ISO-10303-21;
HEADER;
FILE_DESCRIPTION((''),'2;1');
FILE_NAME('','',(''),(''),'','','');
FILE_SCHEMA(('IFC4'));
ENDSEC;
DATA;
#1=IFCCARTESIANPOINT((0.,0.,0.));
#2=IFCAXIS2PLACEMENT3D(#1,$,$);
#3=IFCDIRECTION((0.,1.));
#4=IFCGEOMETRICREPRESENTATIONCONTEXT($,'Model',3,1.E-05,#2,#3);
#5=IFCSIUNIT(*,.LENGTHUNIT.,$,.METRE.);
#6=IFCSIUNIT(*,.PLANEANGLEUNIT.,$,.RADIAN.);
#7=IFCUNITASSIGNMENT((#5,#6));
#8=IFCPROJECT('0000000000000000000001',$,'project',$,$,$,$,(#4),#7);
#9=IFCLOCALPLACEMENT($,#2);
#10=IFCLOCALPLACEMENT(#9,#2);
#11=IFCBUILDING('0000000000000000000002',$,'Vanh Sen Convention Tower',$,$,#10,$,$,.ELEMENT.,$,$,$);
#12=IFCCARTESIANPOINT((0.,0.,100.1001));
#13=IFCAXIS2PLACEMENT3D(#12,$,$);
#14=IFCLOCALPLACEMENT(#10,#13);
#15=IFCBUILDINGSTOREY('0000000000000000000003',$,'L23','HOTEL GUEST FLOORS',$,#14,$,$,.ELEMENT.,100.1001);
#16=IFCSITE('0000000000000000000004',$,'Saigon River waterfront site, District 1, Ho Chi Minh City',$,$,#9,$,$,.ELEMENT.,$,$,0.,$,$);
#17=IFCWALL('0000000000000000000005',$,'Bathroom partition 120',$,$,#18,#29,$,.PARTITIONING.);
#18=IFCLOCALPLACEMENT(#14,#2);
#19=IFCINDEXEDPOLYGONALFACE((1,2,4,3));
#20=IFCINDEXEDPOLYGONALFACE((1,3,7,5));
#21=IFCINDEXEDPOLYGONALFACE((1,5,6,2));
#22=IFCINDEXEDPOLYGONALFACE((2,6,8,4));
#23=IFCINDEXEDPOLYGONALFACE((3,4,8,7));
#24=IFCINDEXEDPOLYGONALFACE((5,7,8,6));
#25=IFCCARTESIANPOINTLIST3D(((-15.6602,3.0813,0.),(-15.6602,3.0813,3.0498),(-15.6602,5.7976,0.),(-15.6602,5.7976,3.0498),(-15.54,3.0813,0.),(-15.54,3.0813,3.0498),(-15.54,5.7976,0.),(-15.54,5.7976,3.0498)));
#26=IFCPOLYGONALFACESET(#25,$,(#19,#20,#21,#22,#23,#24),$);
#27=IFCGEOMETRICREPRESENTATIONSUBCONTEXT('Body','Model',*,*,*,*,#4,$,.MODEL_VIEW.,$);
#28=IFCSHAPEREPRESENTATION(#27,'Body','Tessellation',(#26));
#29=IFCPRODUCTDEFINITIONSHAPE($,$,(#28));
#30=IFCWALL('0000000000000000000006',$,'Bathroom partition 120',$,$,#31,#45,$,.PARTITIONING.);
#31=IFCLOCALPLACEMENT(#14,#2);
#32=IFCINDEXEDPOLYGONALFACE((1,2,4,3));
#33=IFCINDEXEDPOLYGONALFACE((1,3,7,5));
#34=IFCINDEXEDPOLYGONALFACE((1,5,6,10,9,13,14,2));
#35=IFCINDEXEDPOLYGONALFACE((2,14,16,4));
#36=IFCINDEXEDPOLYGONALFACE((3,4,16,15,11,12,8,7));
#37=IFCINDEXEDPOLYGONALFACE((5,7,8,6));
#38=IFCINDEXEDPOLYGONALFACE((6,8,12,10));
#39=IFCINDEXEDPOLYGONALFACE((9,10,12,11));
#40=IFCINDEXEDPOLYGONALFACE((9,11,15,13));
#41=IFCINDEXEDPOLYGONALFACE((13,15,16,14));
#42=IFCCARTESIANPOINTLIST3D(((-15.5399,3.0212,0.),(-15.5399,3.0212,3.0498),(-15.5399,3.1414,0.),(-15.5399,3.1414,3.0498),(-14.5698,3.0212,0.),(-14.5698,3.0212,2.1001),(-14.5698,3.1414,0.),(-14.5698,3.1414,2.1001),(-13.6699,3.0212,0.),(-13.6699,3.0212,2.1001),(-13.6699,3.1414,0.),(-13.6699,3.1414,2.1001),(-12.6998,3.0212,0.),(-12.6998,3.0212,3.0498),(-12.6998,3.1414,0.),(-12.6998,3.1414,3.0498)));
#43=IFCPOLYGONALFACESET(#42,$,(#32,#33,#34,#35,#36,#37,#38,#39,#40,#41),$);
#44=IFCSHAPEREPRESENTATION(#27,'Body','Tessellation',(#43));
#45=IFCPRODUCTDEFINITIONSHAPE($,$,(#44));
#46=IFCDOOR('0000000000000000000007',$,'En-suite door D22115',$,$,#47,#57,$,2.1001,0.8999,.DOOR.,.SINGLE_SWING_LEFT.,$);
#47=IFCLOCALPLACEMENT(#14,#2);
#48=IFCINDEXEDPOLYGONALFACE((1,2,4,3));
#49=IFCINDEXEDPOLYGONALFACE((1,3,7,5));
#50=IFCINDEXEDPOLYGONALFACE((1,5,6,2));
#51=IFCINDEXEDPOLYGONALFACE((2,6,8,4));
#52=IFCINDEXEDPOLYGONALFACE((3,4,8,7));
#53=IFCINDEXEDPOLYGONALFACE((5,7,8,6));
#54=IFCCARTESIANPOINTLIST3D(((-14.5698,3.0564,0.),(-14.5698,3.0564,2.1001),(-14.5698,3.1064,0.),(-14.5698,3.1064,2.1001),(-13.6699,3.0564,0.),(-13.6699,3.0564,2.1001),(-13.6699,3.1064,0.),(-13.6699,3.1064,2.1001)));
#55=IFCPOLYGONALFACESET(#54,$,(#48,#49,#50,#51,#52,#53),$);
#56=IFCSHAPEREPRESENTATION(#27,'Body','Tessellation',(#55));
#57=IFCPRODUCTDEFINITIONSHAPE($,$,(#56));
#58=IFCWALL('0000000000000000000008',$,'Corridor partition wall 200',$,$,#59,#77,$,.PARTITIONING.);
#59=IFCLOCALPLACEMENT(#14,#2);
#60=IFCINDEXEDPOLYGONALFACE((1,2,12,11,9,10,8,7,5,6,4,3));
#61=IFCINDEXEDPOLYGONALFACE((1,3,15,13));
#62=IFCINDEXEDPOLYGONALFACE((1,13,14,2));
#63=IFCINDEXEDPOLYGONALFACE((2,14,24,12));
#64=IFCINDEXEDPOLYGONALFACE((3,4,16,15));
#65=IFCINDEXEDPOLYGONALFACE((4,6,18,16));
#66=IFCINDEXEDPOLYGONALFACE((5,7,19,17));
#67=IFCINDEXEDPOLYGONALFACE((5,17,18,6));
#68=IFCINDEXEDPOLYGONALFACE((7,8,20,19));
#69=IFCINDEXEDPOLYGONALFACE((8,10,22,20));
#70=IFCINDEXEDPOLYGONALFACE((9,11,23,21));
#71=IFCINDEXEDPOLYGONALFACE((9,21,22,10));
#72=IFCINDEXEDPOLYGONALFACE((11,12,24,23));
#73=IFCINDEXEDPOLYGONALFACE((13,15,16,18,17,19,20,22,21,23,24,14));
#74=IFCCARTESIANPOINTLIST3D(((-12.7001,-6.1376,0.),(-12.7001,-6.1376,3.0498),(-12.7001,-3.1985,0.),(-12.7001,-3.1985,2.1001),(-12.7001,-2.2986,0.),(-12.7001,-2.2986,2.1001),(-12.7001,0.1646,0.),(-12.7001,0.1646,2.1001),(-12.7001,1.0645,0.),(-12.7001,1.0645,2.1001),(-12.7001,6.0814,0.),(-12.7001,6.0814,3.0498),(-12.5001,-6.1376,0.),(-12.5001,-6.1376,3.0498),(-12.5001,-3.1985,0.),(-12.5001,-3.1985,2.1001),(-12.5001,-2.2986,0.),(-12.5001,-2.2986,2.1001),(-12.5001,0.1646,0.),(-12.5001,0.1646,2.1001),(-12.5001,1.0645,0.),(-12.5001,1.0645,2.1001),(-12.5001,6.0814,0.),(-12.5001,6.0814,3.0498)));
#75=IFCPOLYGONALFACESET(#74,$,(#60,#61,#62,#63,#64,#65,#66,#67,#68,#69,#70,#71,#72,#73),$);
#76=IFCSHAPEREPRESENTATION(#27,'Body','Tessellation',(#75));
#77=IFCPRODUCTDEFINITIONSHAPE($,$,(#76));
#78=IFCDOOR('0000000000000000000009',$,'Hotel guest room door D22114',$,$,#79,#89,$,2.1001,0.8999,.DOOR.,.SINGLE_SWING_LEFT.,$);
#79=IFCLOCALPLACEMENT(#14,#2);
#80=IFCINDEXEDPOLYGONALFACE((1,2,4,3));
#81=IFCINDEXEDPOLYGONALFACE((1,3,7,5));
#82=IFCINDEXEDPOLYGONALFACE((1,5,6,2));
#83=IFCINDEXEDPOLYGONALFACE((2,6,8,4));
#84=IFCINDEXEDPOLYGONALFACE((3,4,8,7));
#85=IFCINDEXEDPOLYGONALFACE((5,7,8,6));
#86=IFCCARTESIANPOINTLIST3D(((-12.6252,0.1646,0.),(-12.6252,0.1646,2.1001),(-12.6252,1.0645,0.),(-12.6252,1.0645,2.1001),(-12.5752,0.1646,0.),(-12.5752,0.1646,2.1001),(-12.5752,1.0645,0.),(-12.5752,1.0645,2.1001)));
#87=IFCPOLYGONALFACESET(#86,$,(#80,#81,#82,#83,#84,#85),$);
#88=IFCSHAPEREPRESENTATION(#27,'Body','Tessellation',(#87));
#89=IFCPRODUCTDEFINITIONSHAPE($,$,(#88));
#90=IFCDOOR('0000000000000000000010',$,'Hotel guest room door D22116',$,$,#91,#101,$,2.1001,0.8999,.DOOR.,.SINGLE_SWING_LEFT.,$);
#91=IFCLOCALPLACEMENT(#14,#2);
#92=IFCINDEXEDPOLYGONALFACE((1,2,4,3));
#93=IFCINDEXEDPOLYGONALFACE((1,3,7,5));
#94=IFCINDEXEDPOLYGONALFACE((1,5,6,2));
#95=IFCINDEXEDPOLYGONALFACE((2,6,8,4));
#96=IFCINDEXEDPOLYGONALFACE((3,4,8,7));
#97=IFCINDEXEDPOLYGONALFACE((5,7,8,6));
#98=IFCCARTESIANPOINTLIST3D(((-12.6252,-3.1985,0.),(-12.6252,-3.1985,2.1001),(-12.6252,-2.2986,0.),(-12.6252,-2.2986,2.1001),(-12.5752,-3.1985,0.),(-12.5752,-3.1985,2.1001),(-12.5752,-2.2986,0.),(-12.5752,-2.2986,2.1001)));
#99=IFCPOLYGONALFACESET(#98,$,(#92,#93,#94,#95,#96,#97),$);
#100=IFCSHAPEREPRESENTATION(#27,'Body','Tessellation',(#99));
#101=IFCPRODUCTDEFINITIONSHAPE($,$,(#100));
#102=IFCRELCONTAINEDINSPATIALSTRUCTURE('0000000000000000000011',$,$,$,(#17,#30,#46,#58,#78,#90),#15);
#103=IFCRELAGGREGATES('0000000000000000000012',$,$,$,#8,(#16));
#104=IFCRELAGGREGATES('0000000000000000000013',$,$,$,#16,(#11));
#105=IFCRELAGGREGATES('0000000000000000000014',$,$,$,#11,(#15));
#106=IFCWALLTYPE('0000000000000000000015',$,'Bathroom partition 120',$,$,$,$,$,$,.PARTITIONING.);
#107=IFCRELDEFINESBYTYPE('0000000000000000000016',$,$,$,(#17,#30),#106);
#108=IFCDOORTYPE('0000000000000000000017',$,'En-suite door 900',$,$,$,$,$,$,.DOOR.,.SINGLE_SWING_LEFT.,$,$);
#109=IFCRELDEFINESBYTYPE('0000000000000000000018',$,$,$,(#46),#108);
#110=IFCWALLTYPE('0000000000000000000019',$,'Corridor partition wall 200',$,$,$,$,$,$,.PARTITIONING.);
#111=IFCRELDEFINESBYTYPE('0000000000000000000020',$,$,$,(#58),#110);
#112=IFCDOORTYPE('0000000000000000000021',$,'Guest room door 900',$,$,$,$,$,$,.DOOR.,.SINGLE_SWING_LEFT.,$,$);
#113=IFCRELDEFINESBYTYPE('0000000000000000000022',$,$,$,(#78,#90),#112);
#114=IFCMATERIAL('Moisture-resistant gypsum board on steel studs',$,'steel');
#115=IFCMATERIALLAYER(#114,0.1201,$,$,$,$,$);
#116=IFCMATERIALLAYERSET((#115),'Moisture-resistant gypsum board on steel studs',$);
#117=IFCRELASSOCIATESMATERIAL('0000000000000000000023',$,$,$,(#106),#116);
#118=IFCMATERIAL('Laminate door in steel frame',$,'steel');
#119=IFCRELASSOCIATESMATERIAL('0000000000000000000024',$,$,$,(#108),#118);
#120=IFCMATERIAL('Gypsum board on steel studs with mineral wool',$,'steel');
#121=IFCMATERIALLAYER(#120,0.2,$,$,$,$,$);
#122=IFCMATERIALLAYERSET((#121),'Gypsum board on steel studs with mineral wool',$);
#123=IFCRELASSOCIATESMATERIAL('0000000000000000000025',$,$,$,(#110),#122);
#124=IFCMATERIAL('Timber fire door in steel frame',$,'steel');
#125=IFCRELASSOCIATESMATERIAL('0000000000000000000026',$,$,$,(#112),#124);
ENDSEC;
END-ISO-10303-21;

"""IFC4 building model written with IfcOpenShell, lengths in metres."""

from ifc_helpers import new_model, si_unit, direction, frame, frame_2d, origin, place, context, subcontext, project, spatial, rectangle, extrude, material, layer, layer_set, type_object, element, fill, save


model = new_model("IFC4")

# Units and contexts
model_context = context("Model", 3, precision=1e-05, world=origin(), true_north=direction((0.0, 1.0)))
body_context = subcontext(model_context, "Body", "Model", "MODEL_VIEW")
ifc_project = project(units=[si_unit("LENGTHUNIT", "METRE"), si_unit("PLANEANGLEUNIT", "RADIAN")], contexts=[model_context])

# Site, building, storey
site_placement = place(None, origin())
site = spatial("IfcSite", under=ifc_project, at=site_placement, Name="Saigon River waterfront site, District 1, Ho Chi Minh City", CompositionType="ELEMENT", RefElevation=0.0)
building_placement = place(site_placement, origin())
building = spatial("IfcBuilding", under=site, at=building_placement, Name="Vanh Sen Convention Tower", CompositionType="ELEMENT")
storey_placement = place(building_placement, frame((0.0, 0.0, 100.1001)))
storey = spatial("IfcBuildingStorey", under=building, at=storey_placement, Name="L23", Description="HOTEL GUEST FLOORS", CompositionType="ELEMENT", Elevation=100.1001)

# Wall
ifc_material_1 = material(Name="Moisture-resistant gypsum board on steel studs", Category="steel")
ifc_layer_1 = layer(ifc_material_1, 0.1201)
ifc_layer_set_1 = layer_set([ifc_layer_1], Name="Moisture-resistant gypsum board on steel studs")
wall_type_1 = type_object("IfcWallType", Name="Bathroom partition 120", PredefinedType="PARTITIONING", material=ifc_layer_set_1)
wall_1_placement = place(storey_placement, frame((-15.6001, 3.0813, 0.0), z_axis=(0.0, 0.0, 1.0), x_axis=(0.0, 1.0, 0.0)))
element("IfcWall", 1, at=wall_1_placement, inside=storey, type_object=wall_type_1, Name="Bathroom partition 120", PredefinedType="PARTITIONING", context=body_context, shape_type="SweptSolid", body=[
    extrude(rectangle(XDim=2.7163, YDim=0.1201, at=frame_2d((1.3582, 0.0))), origin(), (0.0, 0.0, 1.0), 3.0498),
])

# Wall, opening, door
wall_2_placement = place(storey_placement, frame((-12.7, 3.0813, 0.0), z_axis=(0.0, 0.0, 1.0), x_axis=(-1.0, 0.0, 0.0)))
wall_2 = element("IfcWall", 2, at=wall_2_placement, inside=storey, type_object=wall_type_1, Name="Bathroom partition 120", PredefinedType="PARTITIONING", context=body_context, shape_type="SweptSolid", body=[
    extrude(rectangle(XDim=2.8401, YDim=0.1201, at=frame_2d((1.4199, 0.0))), origin(), (0.0, 0.0, 1.0), 3.0498),
])
opening_1_placement = place(wall_2_placement, frame((0.97, 0.0, 0.0)))
opening_1 = element("IfcOpeningElement", 3, at=opening_1_placement, cuts=wall_2, PredefinedType="OPENING", context=body_context, shape_type="SweptSolid", body=[
    extrude(rectangle(XDim=0.8999, YDim=2.1001, at=frame_2d((0.45, 1.05))), frame((0.0, 0.0701, 0.0), z_axis=(0.0, -1.0, 0.0), x_axis=(1.0, 0.0, 0.0)), (0.0, 0.0, 1.0), 0.1401),
])
ifc_material_2 = material(Name="Laminate door in steel frame", Category="steel")
door_type_1 = type_object("IfcDoorType", Name="En-suite door 900", OperationType="SINGLE_SWING_LEFT", PredefinedType="DOOR", material=ifc_material_2)
door_1_placement = place(opening_1_placement, origin())
door_1 = element("IfcDoor", 4, at=door_1_placement, inside=storey, type_object=door_type_1, Name="En-suite door D22115", OperationType="SINGLE_SWING_LEFT", OverallHeight=2.1001, OverallWidth=0.8999, PredefinedType="DOOR", context=body_context, shape_type="SweptSolid", body=[
    extrude(rectangle(XDim=0.8999, YDim=2.1001, at=frame_2d((0.45, 1.05))), frame((0.0, 0.0249, 0.0), z_axis=(0.0, -1.0, 0.0), x_axis=(1.0, 0.0, 0.0)), (0.0, 0.0, 1.0), 0.05),
])
fill(opening_1, door_1)

# Wall, openings, doors
ifc_material_3 = material(Name="Gypsum board on steel studs with mineral wool", Category="steel")
ifc_layer_2 = layer(ifc_material_3, 0.2)
ifc_layer_set_2 = layer_set([ifc_layer_2], Name="Gypsum board on steel studs with mineral wool")
wall_type_2 = type_object("IfcWallType", Name="Corridor partition wall 200", PredefinedType="PARTITIONING", material=ifc_layer_set_2)
wall_3_placement = place(storey_placement, frame((-12.6001, 6.0813, 0.0), z_axis=(0.0, 0.0, 1.0), x_axis=(0.0, -1.0, 0.0)))
wall_3 = element("IfcWall", 5, at=wall_3_placement, inside=storey, type_object=wall_type_2, Name="Corridor partition wall 200", PredefinedType="PARTITIONING", context=body_context, shape_type="SweptSolid", body=[
    extrude(rectangle(XDim=12.219, YDim=0.2, at=frame_2d((6.1094, 0.0))), origin(), (0.0, 0.0, 1.0), 3.0498),
])
opening_2_placement = place(wall_3_placement, frame((5.0168, 0.0, 0.0)))
opening_2 = element("IfcOpeningElement", 6, at=opening_2_placement, cuts=wall_3, PredefinedType="OPENING", context=body_context, shape_type="SweptSolid", body=[
    extrude(rectangle(XDim=0.8999, YDim=2.1001, at=frame_2d((0.45, 1.05))), frame((0.0, 0.1099, 0.0), z_axis=(0.0, -1.0, 0.0), x_axis=(1.0, 0.0, 0.0)), (0.0, 0.0, 1.0), 0.22),
])
opening_3_placement = place(wall_3_placement, frame((8.3799, 0.0, 0.0)))
opening_3 = element("IfcOpeningElement", 7, at=opening_3_placement, cuts=wall_3, PredefinedType="OPENING", context=body_context, shape_type="SweptSolid", body=[
    extrude(rectangle(XDim=0.8999, YDim=2.1001, at=frame_2d((0.45, 1.05))), frame((0.0, 0.1099, 0.0), z_axis=(0.0, -1.0, 0.0), x_axis=(1.0, 0.0, 0.0)), (0.0, 0.0, 1.0), 0.22),
])
ifc_material_4 = material(Name="Timber fire door in steel frame", Category="steel")
door_type_2 = type_object("IfcDoorType", Name="Guest room door 900", OperationType="SINGLE_SWING_LEFT", PredefinedType="DOOR", material=ifc_material_4)
door_2_placement = place(opening_2_placement, origin())
door_2 = element("IfcDoor", 8, at=door_2_placement, inside=storey, type_object=door_type_2, Name="Hotel guest room door D22114", OperationType="SINGLE_SWING_LEFT", OverallHeight=2.1001, OverallWidth=0.8999, PredefinedType="DOOR", context=body_context, shape_type="SweptSolid", body=[
    extrude(rectangle(XDim=0.8999, YDim=2.1001, at=frame_2d((0.45, 1.05))), frame((0.0, 0.0249, 0.0), z_axis=(0.0, -1.0, 0.0), x_axis=(1.0, 0.0, 0.0)), (0.0, 0.0, 1.0), 0.05),
])
fill(opening_2, door_2)
door_3_placement = place(opening_3_placement, origin())
door_3 = element("IfcDoor", 9, at=door_3_placement, inside=storey, type_object=door_type_2, Name="Hotel guest room door D22116", OperationType="SINGLE_SWING_LEFT", OverallHeight=2.1001, OverallWidth=0.8999, PredefinedType="DOOR", context=body_context, shape_type="SweptSolid", body=[
    extrude(rectangle(XDim=0.8999, YDim=2.1001, at=frame_2d((0.45, 1.05))), frame((0.0, 0.0249, 0.0), z_axis=(0.0, -1.0, 0.0), x_axis=(1.0, 0.0, 0.0)), (0.0, 0.0, 1.0), 0.05),
])
fill(opening_3, door_3)

save(model, "model.ifc")
